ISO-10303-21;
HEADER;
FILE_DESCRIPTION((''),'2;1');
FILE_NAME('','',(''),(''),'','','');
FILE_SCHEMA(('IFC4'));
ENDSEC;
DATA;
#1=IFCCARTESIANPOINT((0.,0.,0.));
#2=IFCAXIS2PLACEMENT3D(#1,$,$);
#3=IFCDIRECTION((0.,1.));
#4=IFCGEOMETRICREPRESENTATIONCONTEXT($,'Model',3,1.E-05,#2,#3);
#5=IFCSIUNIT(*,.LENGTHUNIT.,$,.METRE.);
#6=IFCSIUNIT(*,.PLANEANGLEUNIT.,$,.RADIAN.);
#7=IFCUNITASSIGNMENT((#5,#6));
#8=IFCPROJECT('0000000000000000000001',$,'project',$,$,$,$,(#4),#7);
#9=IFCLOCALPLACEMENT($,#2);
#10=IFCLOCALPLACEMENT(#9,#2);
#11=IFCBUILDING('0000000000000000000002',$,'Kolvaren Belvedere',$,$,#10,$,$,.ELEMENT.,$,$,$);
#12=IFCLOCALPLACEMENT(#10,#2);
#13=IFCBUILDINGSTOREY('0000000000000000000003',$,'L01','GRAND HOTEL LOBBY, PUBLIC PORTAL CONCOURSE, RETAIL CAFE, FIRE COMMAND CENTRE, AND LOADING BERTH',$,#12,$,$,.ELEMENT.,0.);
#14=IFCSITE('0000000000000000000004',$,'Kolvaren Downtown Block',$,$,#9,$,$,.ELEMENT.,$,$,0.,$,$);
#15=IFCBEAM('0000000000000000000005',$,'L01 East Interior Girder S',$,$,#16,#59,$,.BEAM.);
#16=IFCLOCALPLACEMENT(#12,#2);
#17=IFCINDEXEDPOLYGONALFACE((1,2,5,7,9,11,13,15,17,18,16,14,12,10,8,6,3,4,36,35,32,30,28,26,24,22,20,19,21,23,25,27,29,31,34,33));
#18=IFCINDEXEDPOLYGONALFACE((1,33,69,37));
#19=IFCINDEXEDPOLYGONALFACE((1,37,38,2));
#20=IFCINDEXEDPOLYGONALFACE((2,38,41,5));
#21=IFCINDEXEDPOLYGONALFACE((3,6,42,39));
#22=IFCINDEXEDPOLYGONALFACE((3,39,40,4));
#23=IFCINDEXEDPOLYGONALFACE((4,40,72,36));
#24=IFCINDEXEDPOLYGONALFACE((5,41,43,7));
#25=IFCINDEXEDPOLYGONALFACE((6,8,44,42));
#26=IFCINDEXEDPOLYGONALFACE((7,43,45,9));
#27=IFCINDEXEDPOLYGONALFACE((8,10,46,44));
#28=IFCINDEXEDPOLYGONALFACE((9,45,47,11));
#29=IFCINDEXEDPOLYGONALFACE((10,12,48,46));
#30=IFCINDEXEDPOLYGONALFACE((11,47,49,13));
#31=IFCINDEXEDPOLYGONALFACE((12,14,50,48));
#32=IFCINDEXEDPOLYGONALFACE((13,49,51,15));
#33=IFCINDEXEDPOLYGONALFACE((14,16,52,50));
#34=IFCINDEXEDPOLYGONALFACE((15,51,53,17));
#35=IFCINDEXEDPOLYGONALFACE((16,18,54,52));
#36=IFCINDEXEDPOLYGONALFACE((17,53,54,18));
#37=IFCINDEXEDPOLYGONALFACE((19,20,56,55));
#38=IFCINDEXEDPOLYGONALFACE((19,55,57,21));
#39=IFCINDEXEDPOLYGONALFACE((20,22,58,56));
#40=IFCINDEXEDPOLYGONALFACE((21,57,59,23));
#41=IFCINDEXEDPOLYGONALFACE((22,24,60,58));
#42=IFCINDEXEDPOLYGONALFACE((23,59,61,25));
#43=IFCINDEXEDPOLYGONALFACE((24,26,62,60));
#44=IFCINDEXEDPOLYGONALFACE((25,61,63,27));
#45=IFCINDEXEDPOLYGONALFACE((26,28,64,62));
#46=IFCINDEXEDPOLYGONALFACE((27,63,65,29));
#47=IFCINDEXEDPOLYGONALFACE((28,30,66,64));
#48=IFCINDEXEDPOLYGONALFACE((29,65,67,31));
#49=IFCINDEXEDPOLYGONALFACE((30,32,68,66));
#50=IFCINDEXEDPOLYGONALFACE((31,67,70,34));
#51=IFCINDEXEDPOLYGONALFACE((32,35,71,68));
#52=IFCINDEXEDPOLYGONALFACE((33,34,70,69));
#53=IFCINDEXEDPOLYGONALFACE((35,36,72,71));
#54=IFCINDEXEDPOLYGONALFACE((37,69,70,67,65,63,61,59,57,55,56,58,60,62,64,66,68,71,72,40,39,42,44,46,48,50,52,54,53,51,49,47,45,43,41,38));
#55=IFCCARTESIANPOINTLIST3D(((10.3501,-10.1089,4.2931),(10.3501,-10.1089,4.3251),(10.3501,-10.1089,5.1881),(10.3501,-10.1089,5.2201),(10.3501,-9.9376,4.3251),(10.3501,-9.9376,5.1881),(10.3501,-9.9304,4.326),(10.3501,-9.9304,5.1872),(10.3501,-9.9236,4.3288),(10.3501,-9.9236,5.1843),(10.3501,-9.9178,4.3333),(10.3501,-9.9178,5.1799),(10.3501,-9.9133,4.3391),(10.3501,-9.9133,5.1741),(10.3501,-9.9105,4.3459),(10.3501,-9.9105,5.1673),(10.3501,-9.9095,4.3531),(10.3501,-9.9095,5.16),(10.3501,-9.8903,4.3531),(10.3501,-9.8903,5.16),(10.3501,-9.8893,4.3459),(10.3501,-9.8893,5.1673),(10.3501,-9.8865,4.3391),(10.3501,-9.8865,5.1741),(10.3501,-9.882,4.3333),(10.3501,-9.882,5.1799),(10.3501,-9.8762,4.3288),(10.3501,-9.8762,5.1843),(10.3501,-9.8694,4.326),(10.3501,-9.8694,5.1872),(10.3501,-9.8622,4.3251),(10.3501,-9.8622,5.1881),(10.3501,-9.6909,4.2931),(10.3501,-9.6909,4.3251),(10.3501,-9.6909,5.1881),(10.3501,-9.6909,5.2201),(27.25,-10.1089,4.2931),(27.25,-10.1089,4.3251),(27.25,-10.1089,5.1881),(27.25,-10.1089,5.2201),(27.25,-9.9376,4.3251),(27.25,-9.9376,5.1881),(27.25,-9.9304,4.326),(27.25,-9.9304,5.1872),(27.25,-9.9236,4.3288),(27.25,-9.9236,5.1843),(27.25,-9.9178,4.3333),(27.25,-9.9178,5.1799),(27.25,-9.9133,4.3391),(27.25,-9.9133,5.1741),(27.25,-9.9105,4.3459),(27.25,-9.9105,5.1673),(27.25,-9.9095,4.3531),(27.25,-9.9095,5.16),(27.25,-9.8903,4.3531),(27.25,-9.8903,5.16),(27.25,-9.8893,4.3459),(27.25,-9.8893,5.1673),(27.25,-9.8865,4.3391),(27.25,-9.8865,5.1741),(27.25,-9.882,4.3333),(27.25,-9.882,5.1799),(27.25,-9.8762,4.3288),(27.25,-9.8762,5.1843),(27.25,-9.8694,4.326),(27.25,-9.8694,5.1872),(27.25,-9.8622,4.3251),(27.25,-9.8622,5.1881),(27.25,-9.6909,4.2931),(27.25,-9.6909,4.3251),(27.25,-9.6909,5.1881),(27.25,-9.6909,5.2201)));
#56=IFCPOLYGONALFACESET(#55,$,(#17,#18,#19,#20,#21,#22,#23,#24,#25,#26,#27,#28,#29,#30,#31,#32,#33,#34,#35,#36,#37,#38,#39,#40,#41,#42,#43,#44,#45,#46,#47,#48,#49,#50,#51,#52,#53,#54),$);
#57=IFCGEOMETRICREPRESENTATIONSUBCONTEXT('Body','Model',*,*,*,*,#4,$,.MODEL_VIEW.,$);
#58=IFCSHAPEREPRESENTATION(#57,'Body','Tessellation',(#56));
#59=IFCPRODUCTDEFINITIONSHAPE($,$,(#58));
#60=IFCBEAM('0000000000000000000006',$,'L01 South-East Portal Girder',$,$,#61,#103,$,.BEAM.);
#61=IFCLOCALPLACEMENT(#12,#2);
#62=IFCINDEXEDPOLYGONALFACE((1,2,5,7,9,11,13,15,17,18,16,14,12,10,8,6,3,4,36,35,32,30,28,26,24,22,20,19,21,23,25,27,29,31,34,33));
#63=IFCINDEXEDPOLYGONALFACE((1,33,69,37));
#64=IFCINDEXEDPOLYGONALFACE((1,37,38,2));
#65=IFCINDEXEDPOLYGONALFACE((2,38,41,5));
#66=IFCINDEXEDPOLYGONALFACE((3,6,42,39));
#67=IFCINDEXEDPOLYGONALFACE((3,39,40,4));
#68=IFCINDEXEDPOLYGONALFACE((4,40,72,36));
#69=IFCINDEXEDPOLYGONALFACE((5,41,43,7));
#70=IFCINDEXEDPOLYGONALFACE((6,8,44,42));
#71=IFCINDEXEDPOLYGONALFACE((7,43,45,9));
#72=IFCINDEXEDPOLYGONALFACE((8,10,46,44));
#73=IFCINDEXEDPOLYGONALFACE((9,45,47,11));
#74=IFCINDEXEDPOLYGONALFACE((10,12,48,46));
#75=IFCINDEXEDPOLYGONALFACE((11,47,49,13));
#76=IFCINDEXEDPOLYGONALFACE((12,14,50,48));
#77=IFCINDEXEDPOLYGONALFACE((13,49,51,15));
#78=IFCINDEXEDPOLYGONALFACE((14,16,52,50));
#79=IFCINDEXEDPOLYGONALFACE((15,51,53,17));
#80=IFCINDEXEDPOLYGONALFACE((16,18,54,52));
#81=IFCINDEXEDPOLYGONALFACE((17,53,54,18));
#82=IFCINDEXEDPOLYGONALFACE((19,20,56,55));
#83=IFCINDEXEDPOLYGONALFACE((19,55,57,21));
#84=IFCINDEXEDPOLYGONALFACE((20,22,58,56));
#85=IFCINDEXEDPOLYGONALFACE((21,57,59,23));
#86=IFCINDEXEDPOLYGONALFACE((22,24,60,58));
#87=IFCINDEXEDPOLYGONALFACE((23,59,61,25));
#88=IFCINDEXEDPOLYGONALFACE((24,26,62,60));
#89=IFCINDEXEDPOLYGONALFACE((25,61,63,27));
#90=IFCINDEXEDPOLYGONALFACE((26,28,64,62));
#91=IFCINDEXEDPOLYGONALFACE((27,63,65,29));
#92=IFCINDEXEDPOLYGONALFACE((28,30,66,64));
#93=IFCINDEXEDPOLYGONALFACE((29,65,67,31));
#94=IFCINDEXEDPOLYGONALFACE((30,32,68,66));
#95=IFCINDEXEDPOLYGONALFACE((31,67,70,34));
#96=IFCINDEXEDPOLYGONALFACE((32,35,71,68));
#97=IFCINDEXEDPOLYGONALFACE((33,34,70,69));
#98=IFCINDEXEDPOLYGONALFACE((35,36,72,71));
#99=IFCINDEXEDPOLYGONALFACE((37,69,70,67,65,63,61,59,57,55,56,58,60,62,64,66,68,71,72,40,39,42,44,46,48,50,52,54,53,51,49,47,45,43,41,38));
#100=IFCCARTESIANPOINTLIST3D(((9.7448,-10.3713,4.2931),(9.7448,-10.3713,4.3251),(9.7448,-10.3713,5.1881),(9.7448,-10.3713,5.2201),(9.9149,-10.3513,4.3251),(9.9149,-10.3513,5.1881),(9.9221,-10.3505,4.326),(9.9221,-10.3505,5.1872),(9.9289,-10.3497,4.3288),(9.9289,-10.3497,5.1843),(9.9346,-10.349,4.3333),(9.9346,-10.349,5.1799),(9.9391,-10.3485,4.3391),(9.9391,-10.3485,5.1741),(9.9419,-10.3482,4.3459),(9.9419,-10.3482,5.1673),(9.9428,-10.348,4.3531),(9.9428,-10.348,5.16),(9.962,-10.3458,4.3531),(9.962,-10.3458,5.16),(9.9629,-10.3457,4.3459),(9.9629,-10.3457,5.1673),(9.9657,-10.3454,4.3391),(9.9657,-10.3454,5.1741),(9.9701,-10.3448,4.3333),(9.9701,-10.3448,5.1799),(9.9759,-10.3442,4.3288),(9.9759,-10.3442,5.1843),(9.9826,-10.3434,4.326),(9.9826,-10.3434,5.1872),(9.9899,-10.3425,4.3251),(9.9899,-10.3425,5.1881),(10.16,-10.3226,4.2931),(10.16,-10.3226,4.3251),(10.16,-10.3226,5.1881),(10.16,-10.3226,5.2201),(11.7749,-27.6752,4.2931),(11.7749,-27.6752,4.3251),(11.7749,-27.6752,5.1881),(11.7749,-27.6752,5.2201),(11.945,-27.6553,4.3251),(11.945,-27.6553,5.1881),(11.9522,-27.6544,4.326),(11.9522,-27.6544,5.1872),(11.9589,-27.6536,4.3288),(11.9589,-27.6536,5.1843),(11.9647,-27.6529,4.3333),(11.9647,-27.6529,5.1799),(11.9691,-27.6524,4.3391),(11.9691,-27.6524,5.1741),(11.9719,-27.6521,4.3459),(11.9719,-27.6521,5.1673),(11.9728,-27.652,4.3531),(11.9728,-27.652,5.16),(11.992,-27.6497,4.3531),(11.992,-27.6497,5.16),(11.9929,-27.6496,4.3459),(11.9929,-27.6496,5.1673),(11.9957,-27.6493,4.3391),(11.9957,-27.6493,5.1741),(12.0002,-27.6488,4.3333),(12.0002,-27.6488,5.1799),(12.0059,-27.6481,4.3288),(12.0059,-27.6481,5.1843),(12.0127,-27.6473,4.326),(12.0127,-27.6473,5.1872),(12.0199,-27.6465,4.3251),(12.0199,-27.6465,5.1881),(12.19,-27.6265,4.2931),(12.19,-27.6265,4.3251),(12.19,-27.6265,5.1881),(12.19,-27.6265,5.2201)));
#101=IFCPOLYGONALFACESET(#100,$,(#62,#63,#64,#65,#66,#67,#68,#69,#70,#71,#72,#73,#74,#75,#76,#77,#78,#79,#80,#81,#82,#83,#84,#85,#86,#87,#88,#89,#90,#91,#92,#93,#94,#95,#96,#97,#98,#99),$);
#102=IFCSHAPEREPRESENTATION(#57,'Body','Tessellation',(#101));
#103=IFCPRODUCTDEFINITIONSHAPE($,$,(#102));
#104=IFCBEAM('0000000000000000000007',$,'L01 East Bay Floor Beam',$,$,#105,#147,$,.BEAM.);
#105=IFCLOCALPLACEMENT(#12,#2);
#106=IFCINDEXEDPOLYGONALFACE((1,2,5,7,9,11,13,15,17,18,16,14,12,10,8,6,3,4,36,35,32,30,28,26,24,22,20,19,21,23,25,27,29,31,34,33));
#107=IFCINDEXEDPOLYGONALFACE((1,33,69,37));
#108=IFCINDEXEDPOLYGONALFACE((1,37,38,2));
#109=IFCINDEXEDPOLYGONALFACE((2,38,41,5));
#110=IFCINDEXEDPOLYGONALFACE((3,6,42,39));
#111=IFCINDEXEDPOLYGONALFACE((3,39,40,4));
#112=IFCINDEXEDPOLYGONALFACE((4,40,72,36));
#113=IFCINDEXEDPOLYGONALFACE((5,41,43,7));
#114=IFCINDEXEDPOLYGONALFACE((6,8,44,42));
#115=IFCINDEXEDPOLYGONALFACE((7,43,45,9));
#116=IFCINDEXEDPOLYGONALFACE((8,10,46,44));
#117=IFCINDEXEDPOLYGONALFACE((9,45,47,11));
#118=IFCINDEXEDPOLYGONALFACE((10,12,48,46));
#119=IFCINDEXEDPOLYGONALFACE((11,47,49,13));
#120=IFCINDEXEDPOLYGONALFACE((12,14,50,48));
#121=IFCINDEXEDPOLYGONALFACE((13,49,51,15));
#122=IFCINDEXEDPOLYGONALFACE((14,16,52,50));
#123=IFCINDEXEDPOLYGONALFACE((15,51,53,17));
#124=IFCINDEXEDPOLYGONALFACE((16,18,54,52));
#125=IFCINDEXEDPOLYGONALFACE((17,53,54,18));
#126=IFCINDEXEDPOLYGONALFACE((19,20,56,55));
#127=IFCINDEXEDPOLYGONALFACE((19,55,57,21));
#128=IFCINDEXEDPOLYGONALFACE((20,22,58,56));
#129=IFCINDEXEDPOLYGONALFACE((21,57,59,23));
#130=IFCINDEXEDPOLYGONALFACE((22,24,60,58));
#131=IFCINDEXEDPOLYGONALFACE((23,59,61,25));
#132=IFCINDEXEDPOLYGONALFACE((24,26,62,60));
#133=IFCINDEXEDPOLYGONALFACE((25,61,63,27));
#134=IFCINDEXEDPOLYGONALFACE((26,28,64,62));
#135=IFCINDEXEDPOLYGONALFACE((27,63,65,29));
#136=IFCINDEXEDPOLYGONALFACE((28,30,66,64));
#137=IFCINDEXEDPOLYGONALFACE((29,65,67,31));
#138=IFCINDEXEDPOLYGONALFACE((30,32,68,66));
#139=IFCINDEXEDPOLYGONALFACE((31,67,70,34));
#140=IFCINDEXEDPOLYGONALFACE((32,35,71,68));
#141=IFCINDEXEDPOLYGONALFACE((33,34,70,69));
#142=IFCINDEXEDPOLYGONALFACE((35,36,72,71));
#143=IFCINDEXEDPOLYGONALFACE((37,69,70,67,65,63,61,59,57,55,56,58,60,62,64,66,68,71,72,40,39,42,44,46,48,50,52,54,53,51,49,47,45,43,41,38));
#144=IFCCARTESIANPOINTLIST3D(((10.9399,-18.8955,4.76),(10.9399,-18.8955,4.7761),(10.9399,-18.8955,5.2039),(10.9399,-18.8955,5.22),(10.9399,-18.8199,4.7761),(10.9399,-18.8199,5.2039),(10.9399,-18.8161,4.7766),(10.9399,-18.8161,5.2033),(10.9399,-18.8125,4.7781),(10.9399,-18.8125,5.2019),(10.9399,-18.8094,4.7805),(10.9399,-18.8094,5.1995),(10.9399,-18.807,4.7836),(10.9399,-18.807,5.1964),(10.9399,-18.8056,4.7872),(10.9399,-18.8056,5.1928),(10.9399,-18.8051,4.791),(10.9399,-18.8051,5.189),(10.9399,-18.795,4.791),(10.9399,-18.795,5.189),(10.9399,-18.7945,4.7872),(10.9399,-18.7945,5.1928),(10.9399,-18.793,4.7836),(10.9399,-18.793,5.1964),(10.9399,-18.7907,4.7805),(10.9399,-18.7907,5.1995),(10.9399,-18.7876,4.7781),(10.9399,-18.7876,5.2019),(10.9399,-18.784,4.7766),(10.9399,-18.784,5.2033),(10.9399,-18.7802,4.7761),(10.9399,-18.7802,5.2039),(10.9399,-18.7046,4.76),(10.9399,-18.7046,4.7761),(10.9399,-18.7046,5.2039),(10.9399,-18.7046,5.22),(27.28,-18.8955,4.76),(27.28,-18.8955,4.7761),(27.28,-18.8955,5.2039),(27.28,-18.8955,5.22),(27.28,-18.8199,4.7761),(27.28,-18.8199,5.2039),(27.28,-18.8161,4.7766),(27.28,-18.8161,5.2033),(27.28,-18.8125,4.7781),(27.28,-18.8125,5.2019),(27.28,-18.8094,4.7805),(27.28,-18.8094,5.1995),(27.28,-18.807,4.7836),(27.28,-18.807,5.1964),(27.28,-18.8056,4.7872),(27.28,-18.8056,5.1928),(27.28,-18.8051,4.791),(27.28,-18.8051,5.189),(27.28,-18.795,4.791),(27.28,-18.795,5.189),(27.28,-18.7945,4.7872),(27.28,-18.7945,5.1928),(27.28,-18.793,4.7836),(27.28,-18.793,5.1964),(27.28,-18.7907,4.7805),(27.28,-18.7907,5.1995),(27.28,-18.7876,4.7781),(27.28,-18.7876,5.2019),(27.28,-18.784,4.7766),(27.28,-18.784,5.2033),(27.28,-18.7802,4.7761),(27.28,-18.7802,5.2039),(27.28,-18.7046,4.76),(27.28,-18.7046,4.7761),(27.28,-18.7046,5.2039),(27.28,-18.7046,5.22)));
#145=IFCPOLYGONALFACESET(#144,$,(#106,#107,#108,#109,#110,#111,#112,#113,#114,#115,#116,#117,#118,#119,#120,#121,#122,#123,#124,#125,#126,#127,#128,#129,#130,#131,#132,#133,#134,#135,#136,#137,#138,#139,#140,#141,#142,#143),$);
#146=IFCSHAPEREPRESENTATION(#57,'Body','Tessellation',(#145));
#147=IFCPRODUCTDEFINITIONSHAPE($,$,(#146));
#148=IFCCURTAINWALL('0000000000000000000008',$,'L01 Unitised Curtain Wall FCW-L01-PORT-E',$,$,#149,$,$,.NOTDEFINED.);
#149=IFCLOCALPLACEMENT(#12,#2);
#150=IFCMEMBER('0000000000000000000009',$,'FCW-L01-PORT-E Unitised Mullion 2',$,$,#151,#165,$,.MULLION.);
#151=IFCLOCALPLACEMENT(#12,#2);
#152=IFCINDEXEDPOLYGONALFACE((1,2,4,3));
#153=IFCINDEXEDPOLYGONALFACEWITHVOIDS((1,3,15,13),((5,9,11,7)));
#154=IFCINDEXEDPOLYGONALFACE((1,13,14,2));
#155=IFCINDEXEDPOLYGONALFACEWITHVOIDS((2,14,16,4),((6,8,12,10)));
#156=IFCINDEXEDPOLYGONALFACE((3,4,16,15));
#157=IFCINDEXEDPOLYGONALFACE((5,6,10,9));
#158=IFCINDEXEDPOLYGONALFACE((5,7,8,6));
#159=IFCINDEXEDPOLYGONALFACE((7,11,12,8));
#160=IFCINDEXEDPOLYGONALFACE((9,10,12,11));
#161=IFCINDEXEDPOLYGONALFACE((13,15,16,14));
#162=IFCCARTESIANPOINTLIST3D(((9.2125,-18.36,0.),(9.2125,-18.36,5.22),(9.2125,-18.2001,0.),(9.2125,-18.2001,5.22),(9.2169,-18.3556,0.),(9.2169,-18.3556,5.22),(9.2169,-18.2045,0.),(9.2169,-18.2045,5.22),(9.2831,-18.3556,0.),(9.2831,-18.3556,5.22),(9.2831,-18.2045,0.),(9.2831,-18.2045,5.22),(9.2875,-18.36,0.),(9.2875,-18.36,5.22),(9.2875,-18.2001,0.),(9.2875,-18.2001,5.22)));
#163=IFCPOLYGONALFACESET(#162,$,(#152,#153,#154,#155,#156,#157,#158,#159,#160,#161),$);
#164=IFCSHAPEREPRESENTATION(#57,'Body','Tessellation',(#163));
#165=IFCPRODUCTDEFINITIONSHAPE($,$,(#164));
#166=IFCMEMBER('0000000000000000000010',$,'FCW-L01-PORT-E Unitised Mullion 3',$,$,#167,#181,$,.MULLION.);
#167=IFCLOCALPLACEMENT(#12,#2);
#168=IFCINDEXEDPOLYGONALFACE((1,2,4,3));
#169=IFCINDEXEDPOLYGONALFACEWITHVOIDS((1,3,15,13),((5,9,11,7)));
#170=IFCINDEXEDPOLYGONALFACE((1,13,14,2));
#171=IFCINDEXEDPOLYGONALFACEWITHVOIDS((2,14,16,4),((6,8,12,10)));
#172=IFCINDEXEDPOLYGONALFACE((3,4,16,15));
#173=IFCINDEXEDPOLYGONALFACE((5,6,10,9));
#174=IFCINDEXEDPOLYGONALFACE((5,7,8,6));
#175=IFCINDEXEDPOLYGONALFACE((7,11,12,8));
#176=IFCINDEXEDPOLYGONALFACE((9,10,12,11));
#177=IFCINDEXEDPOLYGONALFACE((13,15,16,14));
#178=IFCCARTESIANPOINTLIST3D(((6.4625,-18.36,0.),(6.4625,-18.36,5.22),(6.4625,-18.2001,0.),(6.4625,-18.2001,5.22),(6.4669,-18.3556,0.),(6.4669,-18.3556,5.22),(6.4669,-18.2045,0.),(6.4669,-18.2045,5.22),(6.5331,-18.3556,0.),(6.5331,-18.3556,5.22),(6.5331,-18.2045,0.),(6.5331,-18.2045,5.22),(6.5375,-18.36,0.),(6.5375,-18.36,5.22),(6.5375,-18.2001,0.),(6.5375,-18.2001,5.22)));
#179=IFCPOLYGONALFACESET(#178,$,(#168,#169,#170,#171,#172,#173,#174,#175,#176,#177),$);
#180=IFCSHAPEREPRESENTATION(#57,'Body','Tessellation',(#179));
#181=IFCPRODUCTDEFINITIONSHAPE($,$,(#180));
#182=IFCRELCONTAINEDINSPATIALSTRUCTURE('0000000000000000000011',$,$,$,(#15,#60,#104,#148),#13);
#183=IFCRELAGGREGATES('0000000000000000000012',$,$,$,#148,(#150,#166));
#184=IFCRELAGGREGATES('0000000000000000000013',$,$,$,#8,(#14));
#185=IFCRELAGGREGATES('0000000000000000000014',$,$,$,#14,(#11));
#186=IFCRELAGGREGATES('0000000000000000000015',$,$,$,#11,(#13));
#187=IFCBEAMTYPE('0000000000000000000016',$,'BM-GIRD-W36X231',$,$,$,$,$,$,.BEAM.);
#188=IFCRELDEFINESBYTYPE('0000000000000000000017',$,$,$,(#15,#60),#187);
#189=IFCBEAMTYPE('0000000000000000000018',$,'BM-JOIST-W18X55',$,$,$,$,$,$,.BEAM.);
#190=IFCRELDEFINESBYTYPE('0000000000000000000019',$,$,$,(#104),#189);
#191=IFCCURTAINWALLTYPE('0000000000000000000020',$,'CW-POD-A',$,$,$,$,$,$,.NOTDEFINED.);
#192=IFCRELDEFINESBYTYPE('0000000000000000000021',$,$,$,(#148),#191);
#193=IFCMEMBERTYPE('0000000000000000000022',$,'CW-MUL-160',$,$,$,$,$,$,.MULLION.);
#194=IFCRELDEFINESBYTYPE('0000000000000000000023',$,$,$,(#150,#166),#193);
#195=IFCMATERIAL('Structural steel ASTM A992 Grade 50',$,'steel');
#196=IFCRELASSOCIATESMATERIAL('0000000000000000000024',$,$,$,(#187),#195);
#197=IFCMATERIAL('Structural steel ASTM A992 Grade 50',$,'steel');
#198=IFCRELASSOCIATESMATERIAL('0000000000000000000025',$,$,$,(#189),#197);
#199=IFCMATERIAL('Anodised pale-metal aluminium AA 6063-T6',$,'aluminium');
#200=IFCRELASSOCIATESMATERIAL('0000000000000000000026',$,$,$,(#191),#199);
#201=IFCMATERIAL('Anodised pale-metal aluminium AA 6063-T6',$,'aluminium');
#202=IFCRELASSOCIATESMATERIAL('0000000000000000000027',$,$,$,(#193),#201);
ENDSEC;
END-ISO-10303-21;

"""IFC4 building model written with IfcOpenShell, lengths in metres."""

from ifc_helpers import new_model, si_unit, direction, frame, origin, origin_2d, place, context, subcontext, project, spatial, hollow_rectangle, i_section, extrude, material, material_profile, profile_set, type_object, element, aggregate, save


model = new_model("IFC4")

# Units and contexts
model_context = context("Model", 3, precision=1e-05, world=origin(), true_north=direction((0.0, 1.0)))
body_context = subcontext(model_context, "Body", "Model", "MODEL_VIEW")
ifc_project = project(units=[si_unit("LENGTHUNIT", "METRE"), si_unit("PLANEANGLEUNIT", "RADIAN")], contexts=[model_context])

# Site, building, storey
site_placement = place(None, origin())
site = spatial("IfcSite", under=ifc_project, at=site_placement, Name="Kolvaren Downtown Block", CompositionType="ELEMENT", RefElevation=0.0)
building_placement = place(site_placement, origin())
building = spatial("IfcBuilding", under=site, at=building_placement, Name="Kolvaren Belvedere", CompositionType="ELEMENT")
storey_placement = place(building_placement, origin())
storey = spatial("IfcBuildingStorey", under=building, at=storey_placement, Name="L01", Description="GRAND HOTEL LOBBY, PUBLIC PORTAL CONCOURSE, RETAIL CAFE, FIRE COMMAND CENTRE, AND LOADING BERTH", CompositionType="ELEMENT", Elevation=0.0)

# Beams
ifc_material_1 = material(Name="Structural steel ASTM A992 Grade 50", Category="steel")
ifc_material_profile_1 = material_profile(ifc_material_1, i_section(OverallWidth=0.418, OverallDepth=0.927, WebThickness=0.0193, FlangeThickness=0.032, FilletRadius=0.0281, at=origin_2d()), Name="W36X231")
ifc_profile_set_1 = profile_set([ifc_material_profile_1], Name="Structural steel ASTM A992 Grade 50")
beam_type_1 = type_object("IfcBeamType", Name="BM-GIRD-W36X231", PredefinedType="BEAM", material=ifc_profile_set_1)
beam_1_placement = place(storey_placement, frame((10.3501, -9.8999, 4.7566), z_axis=(1.0, 0.0, 0.0), x_axis=(0.0, 1.0, 0.0)))
element("IfcBeam", 1, at=beam_1_placement, inside=storey, type_object=beam_type_1, Name="L01 East Interior Girder S", PredefinedType="BEAM", context=body_context, shape_type="SweptSolid", body=[
    extrude(i_section(OverallWidth=0.418, OverallDepth=0.927, WebThickness=0.0193, FlangeThickness=0.032, FilletRadius=0.0281, at=origin_2d()), origin(), (0.0, 0.0, 1.0), 16.8999),
])
beam_2_placement = place(storey_placement, frame((9.9524, -10.3469, 4.7566), z_axis=(0.116517, -0.993189, 0.0), x_axis=(0.993189, 0.116517, 0.0)))
element("IfcBeam", 2, at=beam_2_placement, inside=storey, type_object=beam_type_1, Name="L01 South-East Portal Girder", PredefinedType="BEAM", context=body_context, shape_type="SweptSolid", body=[
    extrude(i_section(OverallWidth=0.418, OverallDepth=0.927, WebThickness=0.0193, FlangeThickness=0.032, FilletRadius=0.0281, at=origin_2d()), origin(), (0.0, 0.0, 1.0), 17.4226),
])
ifc_material_2 = material(Name="Structural steel ASTM A992 Grade 50", Category="steel")
ifc_material_profile_2 = material_profile(ifc_material_2, i_section(OverallWidth=0.1909, OverallDepth=0.46, WebThickness=0.01, FlangeThickness=0.0161, FilletRadius=0.0149, at=origin_2d()), Name="W18X55")
ifc_profile_set_2 = profile_set([ifc_material_profile_2], Name="Structural steel ASTM A992 Grade 50")
beam_type_2 = type_object("IfcBeamType", Name="BM-JOIST-W18X55", PredefinedType="BEAM", material=ifc_profile_set_2)
beam_3_placement = place(storey_placement, frame((10.9399, -18.8, 4.99), z_axis=(1.0, 0.0, 0.0), x_axis=(0.0, 1.0, 0.0)))
element("IfcBeam", 3, at=beam_3_placement, inside=storey, type_object=beam_type_2, Name="L01 East Bay Floor Beam", PredefinedType="BEAM", context=body_context, shape_type="SweptSolid", body=[
    extrude(i_section(OverallWidth=0.1909, OverallDepth=0.46, WebThickness=0.01, FlangeThickness=0.0161, FilletRadius=0.0149, at=origin_2d()), origin(), (0.0, 0.0, 1.0), 16.3401),
])

# Curtain wall, members
ifc_material_3 = material(Name="Anodised pale-metal aluminium AA 6063-T6", Category="aluminium")
curtain_wall_type = type_object("IfcCurtainWallType", Name="CW-POD-A", PredefinedType="NOTDEFINED", material=ifc_material_3)
curtain_wall_placement = place(storey_placement, origin())
curtain_wall = element("IfcCurtainWall", 4, at=curtain_wall_placement, inside=storey, type_object=curtain_wall_type, Name="L01 Unitised Curtain Wall FCW-L01-PORT-E", PredefinedType="NOTDEFINED")
ifc_material_4 = material(Name="Anodised pale-metal aluminium AA 6063-T6", Category="aluminium")
ifc_material_profile_3 = material_profile(ifc_material_4, hollow_rectangle(XDim=0.075, YDim=0.1599, WallThickness=0.0044, at=origin_2d()), Name="ALU-MUL-160X75")
ifc_profile_set_3 = profile_set([ifc_material_profile_3], Name="Anodised pale-metal aluminium AA 6063-T6")
member_type_1 = type_object("IfcMemberType", Name="CW-MUL-160", PredefinedType="MULLION", material=ifc_profile_set_3)
member_1_placement = place(storey_placement, frame((9.25, -18.28, 0.0), z_axis=(0.0, 0.0, 1.0), x_axis=(1.0, 0.0, 0.0)))
member_1 = element("IfcMember", 5, at=member_1_placement, type_object=member_type_1, Name="FCW-L01-PORT-E Unitised Mullion 2", PredefinedType="MULLION", context=body_context, shape_type="SweptSolid", body=[
    extrude(hollow_rectangle(XDim=0.075, YDim=0.1599, WallThickness=0.0044, at=origin_2d()), origin(), (0.0, 0.0, 1.0), 5.22),
])
member_2_placement = place(storey_placement, frame((6.5, -18.28, 0.0), z_axis=(0.0, 0.0, 1.0), x_axis=(1.0, 0.0, 0.0)))
member_2 = element("IfcMember", 6, at=member_2_placement, type_object=member_type_1, Name="FCW-L01-PORT-E Unitised Mullion 3", PredefinedType="MULLION", context=body_context, shape_type="SweptSolid", body=[
    extrude(hollow_rectangle(XDim=0.075, YDim=0.1599, WallThickness=0.0044, at=origin_2d()), origin(), (0.0, 0.0, 1.0), 5.22),
])

aggregate(curtain_wall, [member_1, member_2])

save(model, "model.ifc")
